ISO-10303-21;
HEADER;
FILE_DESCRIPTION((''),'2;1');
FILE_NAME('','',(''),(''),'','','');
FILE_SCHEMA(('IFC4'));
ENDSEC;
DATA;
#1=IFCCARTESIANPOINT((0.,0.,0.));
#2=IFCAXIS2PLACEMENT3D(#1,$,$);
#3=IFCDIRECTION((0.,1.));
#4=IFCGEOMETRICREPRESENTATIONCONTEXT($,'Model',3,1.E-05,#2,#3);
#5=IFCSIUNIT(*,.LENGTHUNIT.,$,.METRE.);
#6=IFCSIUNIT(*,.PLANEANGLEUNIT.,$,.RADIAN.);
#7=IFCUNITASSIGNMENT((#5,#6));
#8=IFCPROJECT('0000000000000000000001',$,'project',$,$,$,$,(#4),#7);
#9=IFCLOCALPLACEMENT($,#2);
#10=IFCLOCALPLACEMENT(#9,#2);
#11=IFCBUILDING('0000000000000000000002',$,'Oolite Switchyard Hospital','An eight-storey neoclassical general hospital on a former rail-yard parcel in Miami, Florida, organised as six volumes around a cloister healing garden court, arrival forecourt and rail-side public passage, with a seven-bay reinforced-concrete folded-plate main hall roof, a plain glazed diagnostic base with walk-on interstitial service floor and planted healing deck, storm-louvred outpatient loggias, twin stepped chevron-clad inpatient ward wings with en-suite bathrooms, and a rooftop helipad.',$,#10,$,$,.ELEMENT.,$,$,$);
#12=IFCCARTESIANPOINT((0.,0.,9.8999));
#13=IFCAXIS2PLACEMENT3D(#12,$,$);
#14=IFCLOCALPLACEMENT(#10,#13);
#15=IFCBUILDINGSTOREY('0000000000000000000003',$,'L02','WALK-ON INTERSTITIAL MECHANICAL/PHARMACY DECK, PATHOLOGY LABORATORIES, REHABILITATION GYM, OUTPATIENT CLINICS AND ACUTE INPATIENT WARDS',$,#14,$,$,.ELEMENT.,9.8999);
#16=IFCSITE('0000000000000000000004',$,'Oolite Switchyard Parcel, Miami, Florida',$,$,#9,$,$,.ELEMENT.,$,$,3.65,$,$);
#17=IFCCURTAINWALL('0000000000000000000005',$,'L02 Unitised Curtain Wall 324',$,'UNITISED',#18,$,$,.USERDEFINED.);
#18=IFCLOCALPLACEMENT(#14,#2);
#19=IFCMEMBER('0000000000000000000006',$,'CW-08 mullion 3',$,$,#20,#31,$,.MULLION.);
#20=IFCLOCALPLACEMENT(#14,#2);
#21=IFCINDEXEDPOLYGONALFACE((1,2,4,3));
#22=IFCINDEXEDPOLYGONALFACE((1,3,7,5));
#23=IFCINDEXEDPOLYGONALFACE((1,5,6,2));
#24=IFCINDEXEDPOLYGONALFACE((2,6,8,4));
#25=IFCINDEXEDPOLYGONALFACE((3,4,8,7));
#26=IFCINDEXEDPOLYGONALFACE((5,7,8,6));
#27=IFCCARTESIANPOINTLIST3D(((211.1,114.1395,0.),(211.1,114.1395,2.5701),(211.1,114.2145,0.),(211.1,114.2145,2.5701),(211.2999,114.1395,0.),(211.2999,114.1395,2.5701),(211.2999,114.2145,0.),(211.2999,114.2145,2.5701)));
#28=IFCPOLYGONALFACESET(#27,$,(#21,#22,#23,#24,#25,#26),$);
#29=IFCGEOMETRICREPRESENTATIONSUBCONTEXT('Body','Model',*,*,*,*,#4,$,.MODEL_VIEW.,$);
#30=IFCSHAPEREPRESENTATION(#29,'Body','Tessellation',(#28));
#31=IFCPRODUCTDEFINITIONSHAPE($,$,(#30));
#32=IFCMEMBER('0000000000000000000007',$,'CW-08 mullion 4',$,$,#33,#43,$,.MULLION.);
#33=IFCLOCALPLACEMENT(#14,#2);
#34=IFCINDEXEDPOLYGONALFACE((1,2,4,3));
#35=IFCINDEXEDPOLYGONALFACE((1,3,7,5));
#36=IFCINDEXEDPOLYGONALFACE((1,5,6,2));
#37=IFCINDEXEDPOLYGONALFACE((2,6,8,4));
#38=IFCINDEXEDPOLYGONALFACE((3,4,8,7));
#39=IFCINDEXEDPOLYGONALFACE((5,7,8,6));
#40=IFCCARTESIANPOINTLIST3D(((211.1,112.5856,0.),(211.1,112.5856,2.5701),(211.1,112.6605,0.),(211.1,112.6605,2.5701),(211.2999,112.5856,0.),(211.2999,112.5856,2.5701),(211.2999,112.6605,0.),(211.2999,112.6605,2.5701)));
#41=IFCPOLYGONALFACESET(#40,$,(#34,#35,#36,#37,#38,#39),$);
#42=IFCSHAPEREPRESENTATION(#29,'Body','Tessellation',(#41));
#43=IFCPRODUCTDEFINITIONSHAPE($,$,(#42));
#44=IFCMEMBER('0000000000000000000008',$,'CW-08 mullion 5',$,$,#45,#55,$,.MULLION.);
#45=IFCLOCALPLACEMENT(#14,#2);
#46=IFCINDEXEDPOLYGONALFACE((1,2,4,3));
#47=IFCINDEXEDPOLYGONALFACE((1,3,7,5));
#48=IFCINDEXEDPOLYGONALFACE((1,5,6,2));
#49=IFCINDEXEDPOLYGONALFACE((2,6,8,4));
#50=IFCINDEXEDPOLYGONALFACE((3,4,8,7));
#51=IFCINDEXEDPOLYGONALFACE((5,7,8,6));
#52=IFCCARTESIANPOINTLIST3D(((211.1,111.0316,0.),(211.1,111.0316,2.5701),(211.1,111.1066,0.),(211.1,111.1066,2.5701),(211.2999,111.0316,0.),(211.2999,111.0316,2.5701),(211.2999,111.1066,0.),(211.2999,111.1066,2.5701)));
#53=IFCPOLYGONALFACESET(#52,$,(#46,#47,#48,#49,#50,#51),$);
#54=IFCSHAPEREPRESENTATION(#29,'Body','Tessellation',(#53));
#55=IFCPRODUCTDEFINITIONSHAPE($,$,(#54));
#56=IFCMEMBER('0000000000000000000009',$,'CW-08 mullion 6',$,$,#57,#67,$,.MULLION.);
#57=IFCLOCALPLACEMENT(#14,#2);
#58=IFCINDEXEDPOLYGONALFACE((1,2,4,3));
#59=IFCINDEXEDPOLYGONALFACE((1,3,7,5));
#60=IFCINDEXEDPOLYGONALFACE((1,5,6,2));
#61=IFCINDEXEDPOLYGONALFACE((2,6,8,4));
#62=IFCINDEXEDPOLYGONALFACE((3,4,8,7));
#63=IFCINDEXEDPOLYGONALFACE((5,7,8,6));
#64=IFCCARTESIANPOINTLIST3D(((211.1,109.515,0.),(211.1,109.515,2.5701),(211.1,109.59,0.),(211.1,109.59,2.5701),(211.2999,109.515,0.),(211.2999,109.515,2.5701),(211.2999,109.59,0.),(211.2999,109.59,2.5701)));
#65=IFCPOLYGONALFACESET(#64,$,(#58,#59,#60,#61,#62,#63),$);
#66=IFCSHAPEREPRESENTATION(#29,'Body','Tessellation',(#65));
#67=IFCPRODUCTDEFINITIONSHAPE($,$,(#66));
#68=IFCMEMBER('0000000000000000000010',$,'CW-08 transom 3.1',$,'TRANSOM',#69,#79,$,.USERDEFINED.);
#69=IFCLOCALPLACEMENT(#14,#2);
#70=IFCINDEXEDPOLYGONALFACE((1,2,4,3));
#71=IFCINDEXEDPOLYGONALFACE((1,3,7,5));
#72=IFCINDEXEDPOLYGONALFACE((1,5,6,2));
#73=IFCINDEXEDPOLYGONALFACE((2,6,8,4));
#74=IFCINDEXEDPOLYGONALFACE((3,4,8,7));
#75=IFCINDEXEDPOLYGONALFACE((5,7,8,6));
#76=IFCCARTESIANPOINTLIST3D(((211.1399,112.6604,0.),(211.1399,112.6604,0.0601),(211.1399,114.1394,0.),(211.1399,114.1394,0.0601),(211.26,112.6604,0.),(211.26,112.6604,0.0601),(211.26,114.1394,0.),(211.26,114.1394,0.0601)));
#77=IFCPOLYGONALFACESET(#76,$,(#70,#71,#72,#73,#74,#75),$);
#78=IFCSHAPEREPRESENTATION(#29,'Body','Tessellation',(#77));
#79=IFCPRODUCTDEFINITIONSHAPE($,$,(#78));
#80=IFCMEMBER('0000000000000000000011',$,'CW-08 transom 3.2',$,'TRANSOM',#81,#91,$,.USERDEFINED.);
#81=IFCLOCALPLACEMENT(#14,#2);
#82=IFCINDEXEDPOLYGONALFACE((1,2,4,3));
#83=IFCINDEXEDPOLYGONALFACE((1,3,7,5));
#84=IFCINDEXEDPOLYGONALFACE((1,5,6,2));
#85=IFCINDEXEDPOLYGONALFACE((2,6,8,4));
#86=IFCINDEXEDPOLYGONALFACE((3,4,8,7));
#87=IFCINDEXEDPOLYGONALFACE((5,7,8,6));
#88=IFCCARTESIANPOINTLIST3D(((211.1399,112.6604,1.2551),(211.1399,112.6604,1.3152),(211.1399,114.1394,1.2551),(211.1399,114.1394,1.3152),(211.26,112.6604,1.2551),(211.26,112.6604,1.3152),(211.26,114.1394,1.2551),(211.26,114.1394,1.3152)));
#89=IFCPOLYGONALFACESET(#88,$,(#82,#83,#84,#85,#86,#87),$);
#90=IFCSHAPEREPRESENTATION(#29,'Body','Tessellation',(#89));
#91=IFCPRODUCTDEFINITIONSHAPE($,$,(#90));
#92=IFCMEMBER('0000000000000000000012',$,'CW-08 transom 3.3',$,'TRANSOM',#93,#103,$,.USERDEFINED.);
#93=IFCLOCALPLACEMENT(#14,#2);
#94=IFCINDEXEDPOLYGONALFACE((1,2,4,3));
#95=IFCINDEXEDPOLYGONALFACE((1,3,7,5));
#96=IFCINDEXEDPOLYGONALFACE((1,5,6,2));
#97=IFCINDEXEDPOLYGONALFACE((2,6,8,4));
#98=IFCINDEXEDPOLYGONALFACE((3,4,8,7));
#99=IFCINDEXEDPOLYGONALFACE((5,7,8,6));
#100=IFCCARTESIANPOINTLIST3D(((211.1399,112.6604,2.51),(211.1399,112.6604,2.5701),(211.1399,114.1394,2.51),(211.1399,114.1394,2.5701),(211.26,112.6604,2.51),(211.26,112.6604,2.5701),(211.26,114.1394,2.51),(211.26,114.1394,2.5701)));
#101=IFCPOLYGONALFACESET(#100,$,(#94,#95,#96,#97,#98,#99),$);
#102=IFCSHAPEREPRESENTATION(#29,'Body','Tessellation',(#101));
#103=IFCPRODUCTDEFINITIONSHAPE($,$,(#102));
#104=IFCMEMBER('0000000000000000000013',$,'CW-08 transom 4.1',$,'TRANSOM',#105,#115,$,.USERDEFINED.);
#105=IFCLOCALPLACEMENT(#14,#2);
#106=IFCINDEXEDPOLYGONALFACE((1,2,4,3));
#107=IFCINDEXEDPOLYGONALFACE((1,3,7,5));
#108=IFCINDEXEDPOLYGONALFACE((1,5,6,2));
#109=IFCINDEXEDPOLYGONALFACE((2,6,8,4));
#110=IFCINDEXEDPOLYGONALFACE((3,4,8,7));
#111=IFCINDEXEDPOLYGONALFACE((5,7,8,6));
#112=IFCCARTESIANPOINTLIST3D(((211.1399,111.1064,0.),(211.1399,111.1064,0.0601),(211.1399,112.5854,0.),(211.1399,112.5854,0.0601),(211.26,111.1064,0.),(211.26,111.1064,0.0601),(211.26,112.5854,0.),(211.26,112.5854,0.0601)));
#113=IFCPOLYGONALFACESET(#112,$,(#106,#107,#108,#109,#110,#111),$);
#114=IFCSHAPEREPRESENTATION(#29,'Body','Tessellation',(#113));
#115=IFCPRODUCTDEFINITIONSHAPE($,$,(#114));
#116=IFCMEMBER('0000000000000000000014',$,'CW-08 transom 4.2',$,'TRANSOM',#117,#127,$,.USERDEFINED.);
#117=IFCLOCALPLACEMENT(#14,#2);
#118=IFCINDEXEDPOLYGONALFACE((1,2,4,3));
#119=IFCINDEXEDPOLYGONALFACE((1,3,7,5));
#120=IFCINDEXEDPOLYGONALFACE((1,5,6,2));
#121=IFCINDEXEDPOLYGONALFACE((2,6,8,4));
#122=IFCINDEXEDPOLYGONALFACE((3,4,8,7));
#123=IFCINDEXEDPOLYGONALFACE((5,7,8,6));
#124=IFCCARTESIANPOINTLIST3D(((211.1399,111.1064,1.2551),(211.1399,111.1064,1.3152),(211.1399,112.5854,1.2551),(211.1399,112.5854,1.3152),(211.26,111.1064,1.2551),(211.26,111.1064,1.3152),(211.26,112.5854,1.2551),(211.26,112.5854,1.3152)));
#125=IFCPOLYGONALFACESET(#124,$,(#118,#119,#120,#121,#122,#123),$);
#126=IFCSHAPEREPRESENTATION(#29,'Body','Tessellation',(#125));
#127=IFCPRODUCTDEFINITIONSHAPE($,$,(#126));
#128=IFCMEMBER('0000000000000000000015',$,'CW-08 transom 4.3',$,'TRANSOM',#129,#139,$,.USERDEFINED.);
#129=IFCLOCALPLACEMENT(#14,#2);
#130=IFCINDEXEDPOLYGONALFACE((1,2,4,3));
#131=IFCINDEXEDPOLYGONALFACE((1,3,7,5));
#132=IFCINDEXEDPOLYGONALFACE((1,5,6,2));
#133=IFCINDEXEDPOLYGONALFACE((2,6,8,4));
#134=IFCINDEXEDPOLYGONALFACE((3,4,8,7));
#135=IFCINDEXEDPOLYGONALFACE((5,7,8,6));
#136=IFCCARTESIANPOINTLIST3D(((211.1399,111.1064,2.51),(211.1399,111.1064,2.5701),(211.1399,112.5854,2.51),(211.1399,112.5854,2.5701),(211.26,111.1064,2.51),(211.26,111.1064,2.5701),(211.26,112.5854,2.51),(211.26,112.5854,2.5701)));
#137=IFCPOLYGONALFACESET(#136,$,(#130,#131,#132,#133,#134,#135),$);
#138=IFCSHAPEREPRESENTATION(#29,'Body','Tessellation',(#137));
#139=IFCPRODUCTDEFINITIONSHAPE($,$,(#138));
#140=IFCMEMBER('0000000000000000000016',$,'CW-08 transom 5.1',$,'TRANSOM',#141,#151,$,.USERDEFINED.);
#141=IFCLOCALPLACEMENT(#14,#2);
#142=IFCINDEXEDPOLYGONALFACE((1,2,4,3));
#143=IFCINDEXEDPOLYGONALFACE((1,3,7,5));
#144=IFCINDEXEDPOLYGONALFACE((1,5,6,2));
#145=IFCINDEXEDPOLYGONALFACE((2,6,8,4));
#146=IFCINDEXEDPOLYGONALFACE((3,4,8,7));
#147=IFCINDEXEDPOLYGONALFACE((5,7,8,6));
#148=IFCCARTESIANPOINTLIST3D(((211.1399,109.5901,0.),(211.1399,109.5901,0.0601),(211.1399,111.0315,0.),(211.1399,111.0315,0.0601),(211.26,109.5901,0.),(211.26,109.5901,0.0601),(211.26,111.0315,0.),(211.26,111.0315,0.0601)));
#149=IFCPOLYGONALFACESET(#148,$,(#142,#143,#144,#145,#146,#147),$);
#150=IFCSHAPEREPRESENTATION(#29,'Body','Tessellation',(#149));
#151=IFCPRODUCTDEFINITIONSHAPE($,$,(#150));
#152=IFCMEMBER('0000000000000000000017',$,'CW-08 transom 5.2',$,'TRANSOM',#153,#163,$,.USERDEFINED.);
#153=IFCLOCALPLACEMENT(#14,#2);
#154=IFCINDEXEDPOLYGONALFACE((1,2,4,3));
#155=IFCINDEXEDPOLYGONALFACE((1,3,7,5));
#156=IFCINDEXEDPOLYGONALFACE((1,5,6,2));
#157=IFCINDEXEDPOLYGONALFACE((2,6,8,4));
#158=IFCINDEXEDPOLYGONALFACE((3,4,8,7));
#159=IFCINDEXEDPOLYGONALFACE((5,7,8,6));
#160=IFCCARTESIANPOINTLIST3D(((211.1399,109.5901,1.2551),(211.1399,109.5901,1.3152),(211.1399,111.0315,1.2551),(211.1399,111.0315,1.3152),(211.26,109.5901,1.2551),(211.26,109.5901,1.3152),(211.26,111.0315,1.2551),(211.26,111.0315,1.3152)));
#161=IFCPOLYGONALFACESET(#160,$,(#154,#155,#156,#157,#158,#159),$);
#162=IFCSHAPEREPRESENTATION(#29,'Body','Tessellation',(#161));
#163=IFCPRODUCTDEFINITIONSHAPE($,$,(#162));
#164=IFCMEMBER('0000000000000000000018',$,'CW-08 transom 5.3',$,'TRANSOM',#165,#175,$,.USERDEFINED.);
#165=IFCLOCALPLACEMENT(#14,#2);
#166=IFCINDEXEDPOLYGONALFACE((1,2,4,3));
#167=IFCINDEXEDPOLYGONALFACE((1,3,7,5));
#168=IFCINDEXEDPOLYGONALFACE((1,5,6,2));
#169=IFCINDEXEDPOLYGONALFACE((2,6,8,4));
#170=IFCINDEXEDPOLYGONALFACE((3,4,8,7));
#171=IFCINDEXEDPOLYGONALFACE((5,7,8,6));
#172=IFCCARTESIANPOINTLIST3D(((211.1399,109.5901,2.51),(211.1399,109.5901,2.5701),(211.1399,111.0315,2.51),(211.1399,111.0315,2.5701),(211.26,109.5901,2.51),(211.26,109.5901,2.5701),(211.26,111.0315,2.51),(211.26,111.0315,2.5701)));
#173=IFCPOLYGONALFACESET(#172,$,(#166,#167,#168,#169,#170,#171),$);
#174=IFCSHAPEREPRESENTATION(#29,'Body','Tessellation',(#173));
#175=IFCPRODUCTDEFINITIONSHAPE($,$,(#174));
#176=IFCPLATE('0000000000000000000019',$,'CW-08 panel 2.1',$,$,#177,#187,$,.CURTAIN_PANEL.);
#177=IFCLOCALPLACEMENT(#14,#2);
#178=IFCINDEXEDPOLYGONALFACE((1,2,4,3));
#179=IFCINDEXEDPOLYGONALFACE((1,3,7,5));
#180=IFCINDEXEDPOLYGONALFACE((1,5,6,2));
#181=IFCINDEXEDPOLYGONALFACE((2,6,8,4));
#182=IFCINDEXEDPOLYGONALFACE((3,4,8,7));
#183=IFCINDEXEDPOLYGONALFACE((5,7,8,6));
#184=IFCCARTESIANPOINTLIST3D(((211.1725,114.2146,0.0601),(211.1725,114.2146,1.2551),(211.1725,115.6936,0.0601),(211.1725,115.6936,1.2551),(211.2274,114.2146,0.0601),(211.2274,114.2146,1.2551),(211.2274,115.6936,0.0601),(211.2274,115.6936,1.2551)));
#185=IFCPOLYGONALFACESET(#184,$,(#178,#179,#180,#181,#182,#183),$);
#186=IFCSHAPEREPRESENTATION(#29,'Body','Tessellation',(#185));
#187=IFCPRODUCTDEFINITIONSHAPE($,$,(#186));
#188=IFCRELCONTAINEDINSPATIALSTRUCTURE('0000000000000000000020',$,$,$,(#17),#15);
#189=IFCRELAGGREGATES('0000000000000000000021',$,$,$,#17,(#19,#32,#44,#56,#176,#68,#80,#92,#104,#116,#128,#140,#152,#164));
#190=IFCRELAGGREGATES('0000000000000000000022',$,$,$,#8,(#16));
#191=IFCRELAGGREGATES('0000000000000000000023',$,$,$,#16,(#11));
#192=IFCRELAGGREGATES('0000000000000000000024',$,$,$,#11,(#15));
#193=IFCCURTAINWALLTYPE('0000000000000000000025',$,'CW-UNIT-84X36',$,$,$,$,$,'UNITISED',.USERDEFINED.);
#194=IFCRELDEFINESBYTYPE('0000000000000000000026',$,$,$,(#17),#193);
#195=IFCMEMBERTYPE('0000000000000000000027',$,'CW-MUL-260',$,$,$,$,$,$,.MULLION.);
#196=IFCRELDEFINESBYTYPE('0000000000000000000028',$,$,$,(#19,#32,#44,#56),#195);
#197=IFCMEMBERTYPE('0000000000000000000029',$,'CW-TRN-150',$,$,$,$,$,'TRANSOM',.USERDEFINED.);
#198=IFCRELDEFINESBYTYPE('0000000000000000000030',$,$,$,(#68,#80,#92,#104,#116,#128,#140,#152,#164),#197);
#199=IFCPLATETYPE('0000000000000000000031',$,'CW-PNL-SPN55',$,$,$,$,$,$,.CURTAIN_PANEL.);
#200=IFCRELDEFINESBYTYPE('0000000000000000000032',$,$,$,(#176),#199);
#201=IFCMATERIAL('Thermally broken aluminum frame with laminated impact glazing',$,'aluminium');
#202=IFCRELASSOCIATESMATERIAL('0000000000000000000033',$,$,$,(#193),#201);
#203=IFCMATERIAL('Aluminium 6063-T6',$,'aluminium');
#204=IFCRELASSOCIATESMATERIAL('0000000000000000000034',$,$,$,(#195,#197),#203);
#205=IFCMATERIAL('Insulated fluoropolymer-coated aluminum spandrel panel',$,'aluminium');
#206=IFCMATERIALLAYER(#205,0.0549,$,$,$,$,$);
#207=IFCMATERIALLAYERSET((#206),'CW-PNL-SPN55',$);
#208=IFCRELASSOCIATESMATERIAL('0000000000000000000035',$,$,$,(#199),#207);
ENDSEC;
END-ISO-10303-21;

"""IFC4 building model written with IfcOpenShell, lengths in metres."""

from ifc_helpers import new_model, si_unit, direction, frame, origin, origin_2d, place, context, subcontext, project, spatial, rectangle, extrude, material, layer, layer_set, material_profile, profile_set, type_object, element, aggregate, save


model = new_model("IFC4")

# Units and contexts
model_context = context("Model", 3, precision=1e-05, world=origin(), true_north=direction((0.0, 1.0)))
body_context = subcontext(model_context, "Body", "Model", "MODEL_VIEW")
ifc_project = project(units=[si_unit("LENGTHUNIT", "METRE"), si_unit("PLANEANGLEUNIT", "RADIAN")], contexts=[model_context])

# Site, building, storey
site_placement = place(None, origin())
site = spatial("IfcSite", under=ifc_project, at=site_placement, Name="Oolite Switchyard Parcel, Miami, Florida", CompositionType="ELEMENT", RefElevation=3.65)
building_placement = place(site_placement, origin())
building = spatial("IfcBuilding", under=site, at=building_placement, Name="Oolite Switchyard Hospital", Description="An eight-storey neoclassical general hospital on a former rail-yard parcel in Miami, Florida, organised as six volumes around a cloister healing garden court, arrival forecourt and rail-side public passage, with a seven-bay reinforced-concrete folded-plate main hall roof, a plain glazed diagnostic base with walk-on interstitial service floor and planted healing deck, storm-louvred outpatient loggias, twin stepped chevron-clad inpatient ward wings with en-suite bathrooms, and a rooftop helipad.", CompositionType="ELEMENT")
storey_placement = place(building_placement, frame((0.0, 0.0, 9.8999)))
storey = spatial("IfcBuildingStorey", under=building, at=storey_placement, Name="L02", Description="WALK-ON INTERSTITIAL MECHANICAL/PHARMACY DECK, PATHOLOGY LABORATORIES, REHABILITATION GYM, OUTPATIENT CLINICS AND ACUTE INPATIENT WARDS", CompositionType="ELEMENT", Elevation=9.8999)

# Curtain wall, members, plate
ifc_material_1 = material(Name="Thermally broken aluminum frame with laminated impact glazing", Category="aluminium")
curtain_wall_type = type_object("IfcCurtainWallType", Name="CW-UNIT-84X36", ElementType="UNITISED", PredefinedType="USERDEFINED", material=ifc_material_1)
curtain_wall_placement = place(storey_placement, origin())
curtain_wall = element("IfcCurtainWall", 1, at=curtain_wall_placement, inside=storey, type_object=curtain_wall_type, Name="L02 Unitised Curtain Wall 324", ObjectType="UNITISED", PredefinedType="USERDEFINED")
ifc_material_2 = material(Name="Aluminium 6063-T6", Category="aluminium")
ifc_material_profile_1 = material_profile(ifc_material_2, rectangle(XDim=0.2, YDim=0.075, at=origin_2d()), Name="CWM75X200")
ifc_profile_set_1 = profile_set([ifc_material_profile_1], Name="Aluminium 6063-T6")
member_type_1 = type_object("IfcMemberType", Name="CW-MUL-260", PredefinedType="MULLION", material=ifc_profile_set_1)
member_1_placement = place(storey_placement, frame((211.2, 114.177, 0.0), z_axis=(0.0, 0.0, 1.0), x_axis=(1.0, 0.0, 0.0)))
member_1 = element("IfcMember", 2, at=member_1_placement, type_object=member_type_1, Name="CW-08 mullion 3", PredefinedType="MULLION", context=body_context, shape_type="SweptSolid", body=[
    extrude(rectangle(XDim=0.2, YDim=0.075, at=origin_2d()), origin(), (0.0, 0.0, 1.0), 2.5701),
])
member_2_placement = place(storey_placement, frame((211.2, 112.623, 0.0), z_axis=(0.0, 0.0, 1.0), x_axis=(1.0, 0.0, 0.0)))
member_2 = element("IfcMember", 3, at=member_2_placement, type_object=member_type_1, Name="CW-08 mullion 4", PredefinedType="MULLION", context=body_context, shape_type="SweptSolid", body=[
    extrude(rectangle(XDim=0.2, YDim=0.075, at=origin_2d()), origin(), (0.0, 0.0, 1.0), 2.5701),
])
member_3_placement = place(storey_placement, frame((211.2, 111.0691, 0.0), z_axis=(0.0, 0.0, 1.0), x_axis=(1.0, 0.0, 0.0)))
member_3 = element("IfcMember", 4, at=member_3_placement, type_object=member_type_1, Name="CW-08 mullion 5", PredefinedType="MULLION", context=body_context, shape_type="SweptSolid", body=[
    extrude(rectangle(XDim=0.2, YDim=0.075, at=origin_2d()), origin(), (0.0, 0.0, 1.0), 2.5701),
])
member_4_placement = place(storey_placement, frame((211.2, 109.5525, 0.0), z_axis=(0.0, 0.0, 1.0), x_axis=(1.0, 0.0, 0.0)))
member_4 = element("IfcMember", 5, at=member_4_placement, type_object=member_type_1, Name="CW-08 mullion 6", PredefinedType="MULLION", context=body_context, shape_type="SweptSolid", body=[
    extrude(rectangle(XDim=0.2, YDim=0.075, at=origin_2d()), origin(), (0.0, 0.0, 1.0), 2.5701),
])
ifc_material_profile_2 = material_profile(ifc_material_2, rectangle(XDim=0.1201, YDim=0.0601, at=origin_2d()), Name="CWT60X120")
ifc_profile_set_2 = profile_set([ifc_material_profile_2], Name="Aluminium 6063-T6")
member_type_2 = type_object("IfcMemberType", Name="CW-TRN-150", ElementType="TRANSOM", PredefinedType="USERDEFINED", material=ifc_profile_set_2)
member_5_placement = place(storey_placement, frame((211.2, 114.1394, 0.03), z_axis=(0.0, -1.0, 0.0), x_axis=(1.0, 0.0, 0.0)))
member_5 = element("IfcMember", 6, at=member_5_placement, type_object=member_type_2, Name="CW-08 transom 3.1", ObjectType="TRANSOM", PredefinedType="USERDEFINED", context=body_context, shape_type="SweptSolid", body=[
    extrude(rectangle(XDim=0.1201, YDim=0.0601, at=origin_2d()), origin(), (0.0, 0.0, 1.0), 1.479),
])
member_6_placement = place(storey_placement, frame((211.2, 114.1394, 1.2852), z_axis=(0.0, -1.0, 0.0), x_axis=(1.0, 0.0, 0.0)))
member_6 = element("IfcMember", 7, at=member_6_placement, type_object=member_type_2, Name="CW-08 transom 3.2", ObjectType="TRANSOM", PredefinedType="USERDEFINED", context=body_context, shape_type="SweptSolid", body=[
    extrude(rectangle(XDim=0.1201, YDim=0.0601, at=origin_2d()), origin(), (0.0, 0.0, 1.0), 1.479),
])
member_7_placement = place(storey_placement, frame((211.2, 114.1394, 2.54), z_axis=(0.0, -1.0, 0.0), x_axis=(1.0, 0.0, 0.0)))
member_7 = element("IfcMember", 8, at=member_7_placement, type_object=member_type_2, Name="CW-08 transom 3.3", ObjectType="TRANSOM", PredefinedType="USERDEFINED", context=body_context, shape_type="SweptSolid", body=[
    extrude(rectangle(XDim=0.1201, YDim=0.0601, at=origin_2d()), origin(), (0.0, 0.0, 1.0), 1.479),
])
member_8_placement = place(storey_placement, frame((211.2, 112.5854, 0.03), z_axis=(0.0, -1.0, 0.0), x_axis=(1.0, 0.0, 0.0)))
member_8 = element("IfcMember", 9, at=member_8_placement, type_object=member_type_2, Name="CW-08 transom 4.1", ObjectType="TRANSOM", PredefinedType="USERDEFINED", context=body_context, shape_type="SweptSolid", body=[
    extrude(rectangle(XDim=0.1201, YDim=0.0601, at=origin_2d()), origin(), (0.0, 0.0, 1.0), 1.479),
])
member_9_placement = place(storey_placement, frame((211.2, 112.5854, 1.2852), z_axis=(0.0, -1.0, 0.0), x_axis=(1.0, 0.0, 0.0)))
member_9 = element("IfcMember", 10, at=member_9_placement, type_object=member_type_2, Name="CW-08 transom 4.2", ObjectType="TRANSOM", PredefinedType="USERDEFINED", context=body_context, shape_type="SweptSolid", body=[
    extrude(rectangle(XDim=0.1201, YDim=0.0601, at=origin_2d()), origin(), (0.0, 0.0, 1.0), 1.479),
])
member_10_placement = place(storey_placement, frame((211.2, 112.5854, 2.54), z_axis=(0.0, -1.0, 0.0), x_axis=(1.0, 0.0, 0.0)))
member_10 = element("IfcMember", 11, at=member_10_placement, type_object=member_type_2, Name="CW-08 transom 4.3", ObjectType="TRANSOM", PredefinedType="USERDEFINED", context=body_context, shape_type="SweptSolid", body=[
    extrude(rectangle(XDim=0.1201, YDim=0.0601, at=origin_2d()), origin(), (0.0, 0.0, 1.0), 1.479),
])
member_11_placement = place(storey_placement, frame((211.2, 111.0315, 0.03), z_axis=(0.0, -1.0, 0.0), x_axis=(1.0, 0.0, 0.0)))
member_11 = element("IfcMember", 12, at=member_11_placement, type_object=member_type_2, Name="CW-08 transom 5.1", ObjectType="TRANSOM", PredefinedType="USERDEFINED", context=body_context, shape_type="SweptSolid", body=[
    extrude(rectangle(XDim=0.1201, YDim=0.0601, at=origin_2d()), origin(), (0.0, 0.0, 1.0), 1.4414),
])
member_12_placement = place(storey_placement, frame((211.2, 111.0315, 1.2852), z_axis=(0.0, -1.0, 0.0), x_axis=(1.0, 0.0, 0.0)))
member_12 = element("IfcMember", 13, at=member_12_placement, type_object=member_type_2, Name="CW-08 transom 5.2", ObjectType="TRANSOM", PredefinedType="USERDEFINED", context=body_context, shape_type="SweptSolid", body=[
    extrude(rectangle(XDim=0.1201, YDim=0.0601, at=origin_2d()), origin(), (0.0, 0.0, 1.0), 1.4414),
])
member_13_placement = place(storey_placement, frame((211.2, 111.0315, 2.54), z_axis=(0.0, -1.0, 0.0), x_axis=(1.0, 0.0, 0.0)))
member_13 = element("IfcMember", 14, at=member_13_placement, type_object=member_type_2, Name="CW-08 transom 5.3", ObjectType="TRANSOM", PredefinedType="USERDEFINED", context=body_context, shape_type="SweptSolid", body=[
    extrude(rectangle(XDim=0.1201, YDim=0.0601, at=origin_2d()), origin(), (0.0, 0.0, 1.0), 1.4414),
])
ifc_material_3 = material(Name="Insulated fluoropolymer-coated aluminum spandrel panel", Category="aluminium")
ifc_layer = layer(ifc_material_3, 0.0549)
ifc_layer_set = layer_set([ifc_layer], Name="CW-PNL-SPN55")
plate_type = type_object("IfcPlateType", Name="CW-PNL-SPN55", PredefinedType="CURTAIN_PANEL", material=ifc_layer_set)
plate_1_placement = place(storey_placement, frame((211.2, 114.9541, 0.0601), z_axis=(0.0, 0.0, 1.0), x_axis=(0.0, -1.0, 0.0)))
plate_1 = element("IfcPlate", 15, at=plate_1_placement, type_object=plate_type, Name="CW-08 panel 2.1", PredefinedType="CURTAIN_PANEL", context=body_context, shape_type="SweptSolid", body=[
    extrude(rectangle(XDim=1.479, YDim=0.0549, at=origin_2d()), origin(), (0.0, 0.0, 1.0), 1.1951),
])
aggregate(curtain_wall, [member_1, member_2, member_3, member_4, plate_1, member_5, member_6, member_7, member_8, member_9, member_10, member_11, member_12, member_13])

save(model, "model.ifc")
